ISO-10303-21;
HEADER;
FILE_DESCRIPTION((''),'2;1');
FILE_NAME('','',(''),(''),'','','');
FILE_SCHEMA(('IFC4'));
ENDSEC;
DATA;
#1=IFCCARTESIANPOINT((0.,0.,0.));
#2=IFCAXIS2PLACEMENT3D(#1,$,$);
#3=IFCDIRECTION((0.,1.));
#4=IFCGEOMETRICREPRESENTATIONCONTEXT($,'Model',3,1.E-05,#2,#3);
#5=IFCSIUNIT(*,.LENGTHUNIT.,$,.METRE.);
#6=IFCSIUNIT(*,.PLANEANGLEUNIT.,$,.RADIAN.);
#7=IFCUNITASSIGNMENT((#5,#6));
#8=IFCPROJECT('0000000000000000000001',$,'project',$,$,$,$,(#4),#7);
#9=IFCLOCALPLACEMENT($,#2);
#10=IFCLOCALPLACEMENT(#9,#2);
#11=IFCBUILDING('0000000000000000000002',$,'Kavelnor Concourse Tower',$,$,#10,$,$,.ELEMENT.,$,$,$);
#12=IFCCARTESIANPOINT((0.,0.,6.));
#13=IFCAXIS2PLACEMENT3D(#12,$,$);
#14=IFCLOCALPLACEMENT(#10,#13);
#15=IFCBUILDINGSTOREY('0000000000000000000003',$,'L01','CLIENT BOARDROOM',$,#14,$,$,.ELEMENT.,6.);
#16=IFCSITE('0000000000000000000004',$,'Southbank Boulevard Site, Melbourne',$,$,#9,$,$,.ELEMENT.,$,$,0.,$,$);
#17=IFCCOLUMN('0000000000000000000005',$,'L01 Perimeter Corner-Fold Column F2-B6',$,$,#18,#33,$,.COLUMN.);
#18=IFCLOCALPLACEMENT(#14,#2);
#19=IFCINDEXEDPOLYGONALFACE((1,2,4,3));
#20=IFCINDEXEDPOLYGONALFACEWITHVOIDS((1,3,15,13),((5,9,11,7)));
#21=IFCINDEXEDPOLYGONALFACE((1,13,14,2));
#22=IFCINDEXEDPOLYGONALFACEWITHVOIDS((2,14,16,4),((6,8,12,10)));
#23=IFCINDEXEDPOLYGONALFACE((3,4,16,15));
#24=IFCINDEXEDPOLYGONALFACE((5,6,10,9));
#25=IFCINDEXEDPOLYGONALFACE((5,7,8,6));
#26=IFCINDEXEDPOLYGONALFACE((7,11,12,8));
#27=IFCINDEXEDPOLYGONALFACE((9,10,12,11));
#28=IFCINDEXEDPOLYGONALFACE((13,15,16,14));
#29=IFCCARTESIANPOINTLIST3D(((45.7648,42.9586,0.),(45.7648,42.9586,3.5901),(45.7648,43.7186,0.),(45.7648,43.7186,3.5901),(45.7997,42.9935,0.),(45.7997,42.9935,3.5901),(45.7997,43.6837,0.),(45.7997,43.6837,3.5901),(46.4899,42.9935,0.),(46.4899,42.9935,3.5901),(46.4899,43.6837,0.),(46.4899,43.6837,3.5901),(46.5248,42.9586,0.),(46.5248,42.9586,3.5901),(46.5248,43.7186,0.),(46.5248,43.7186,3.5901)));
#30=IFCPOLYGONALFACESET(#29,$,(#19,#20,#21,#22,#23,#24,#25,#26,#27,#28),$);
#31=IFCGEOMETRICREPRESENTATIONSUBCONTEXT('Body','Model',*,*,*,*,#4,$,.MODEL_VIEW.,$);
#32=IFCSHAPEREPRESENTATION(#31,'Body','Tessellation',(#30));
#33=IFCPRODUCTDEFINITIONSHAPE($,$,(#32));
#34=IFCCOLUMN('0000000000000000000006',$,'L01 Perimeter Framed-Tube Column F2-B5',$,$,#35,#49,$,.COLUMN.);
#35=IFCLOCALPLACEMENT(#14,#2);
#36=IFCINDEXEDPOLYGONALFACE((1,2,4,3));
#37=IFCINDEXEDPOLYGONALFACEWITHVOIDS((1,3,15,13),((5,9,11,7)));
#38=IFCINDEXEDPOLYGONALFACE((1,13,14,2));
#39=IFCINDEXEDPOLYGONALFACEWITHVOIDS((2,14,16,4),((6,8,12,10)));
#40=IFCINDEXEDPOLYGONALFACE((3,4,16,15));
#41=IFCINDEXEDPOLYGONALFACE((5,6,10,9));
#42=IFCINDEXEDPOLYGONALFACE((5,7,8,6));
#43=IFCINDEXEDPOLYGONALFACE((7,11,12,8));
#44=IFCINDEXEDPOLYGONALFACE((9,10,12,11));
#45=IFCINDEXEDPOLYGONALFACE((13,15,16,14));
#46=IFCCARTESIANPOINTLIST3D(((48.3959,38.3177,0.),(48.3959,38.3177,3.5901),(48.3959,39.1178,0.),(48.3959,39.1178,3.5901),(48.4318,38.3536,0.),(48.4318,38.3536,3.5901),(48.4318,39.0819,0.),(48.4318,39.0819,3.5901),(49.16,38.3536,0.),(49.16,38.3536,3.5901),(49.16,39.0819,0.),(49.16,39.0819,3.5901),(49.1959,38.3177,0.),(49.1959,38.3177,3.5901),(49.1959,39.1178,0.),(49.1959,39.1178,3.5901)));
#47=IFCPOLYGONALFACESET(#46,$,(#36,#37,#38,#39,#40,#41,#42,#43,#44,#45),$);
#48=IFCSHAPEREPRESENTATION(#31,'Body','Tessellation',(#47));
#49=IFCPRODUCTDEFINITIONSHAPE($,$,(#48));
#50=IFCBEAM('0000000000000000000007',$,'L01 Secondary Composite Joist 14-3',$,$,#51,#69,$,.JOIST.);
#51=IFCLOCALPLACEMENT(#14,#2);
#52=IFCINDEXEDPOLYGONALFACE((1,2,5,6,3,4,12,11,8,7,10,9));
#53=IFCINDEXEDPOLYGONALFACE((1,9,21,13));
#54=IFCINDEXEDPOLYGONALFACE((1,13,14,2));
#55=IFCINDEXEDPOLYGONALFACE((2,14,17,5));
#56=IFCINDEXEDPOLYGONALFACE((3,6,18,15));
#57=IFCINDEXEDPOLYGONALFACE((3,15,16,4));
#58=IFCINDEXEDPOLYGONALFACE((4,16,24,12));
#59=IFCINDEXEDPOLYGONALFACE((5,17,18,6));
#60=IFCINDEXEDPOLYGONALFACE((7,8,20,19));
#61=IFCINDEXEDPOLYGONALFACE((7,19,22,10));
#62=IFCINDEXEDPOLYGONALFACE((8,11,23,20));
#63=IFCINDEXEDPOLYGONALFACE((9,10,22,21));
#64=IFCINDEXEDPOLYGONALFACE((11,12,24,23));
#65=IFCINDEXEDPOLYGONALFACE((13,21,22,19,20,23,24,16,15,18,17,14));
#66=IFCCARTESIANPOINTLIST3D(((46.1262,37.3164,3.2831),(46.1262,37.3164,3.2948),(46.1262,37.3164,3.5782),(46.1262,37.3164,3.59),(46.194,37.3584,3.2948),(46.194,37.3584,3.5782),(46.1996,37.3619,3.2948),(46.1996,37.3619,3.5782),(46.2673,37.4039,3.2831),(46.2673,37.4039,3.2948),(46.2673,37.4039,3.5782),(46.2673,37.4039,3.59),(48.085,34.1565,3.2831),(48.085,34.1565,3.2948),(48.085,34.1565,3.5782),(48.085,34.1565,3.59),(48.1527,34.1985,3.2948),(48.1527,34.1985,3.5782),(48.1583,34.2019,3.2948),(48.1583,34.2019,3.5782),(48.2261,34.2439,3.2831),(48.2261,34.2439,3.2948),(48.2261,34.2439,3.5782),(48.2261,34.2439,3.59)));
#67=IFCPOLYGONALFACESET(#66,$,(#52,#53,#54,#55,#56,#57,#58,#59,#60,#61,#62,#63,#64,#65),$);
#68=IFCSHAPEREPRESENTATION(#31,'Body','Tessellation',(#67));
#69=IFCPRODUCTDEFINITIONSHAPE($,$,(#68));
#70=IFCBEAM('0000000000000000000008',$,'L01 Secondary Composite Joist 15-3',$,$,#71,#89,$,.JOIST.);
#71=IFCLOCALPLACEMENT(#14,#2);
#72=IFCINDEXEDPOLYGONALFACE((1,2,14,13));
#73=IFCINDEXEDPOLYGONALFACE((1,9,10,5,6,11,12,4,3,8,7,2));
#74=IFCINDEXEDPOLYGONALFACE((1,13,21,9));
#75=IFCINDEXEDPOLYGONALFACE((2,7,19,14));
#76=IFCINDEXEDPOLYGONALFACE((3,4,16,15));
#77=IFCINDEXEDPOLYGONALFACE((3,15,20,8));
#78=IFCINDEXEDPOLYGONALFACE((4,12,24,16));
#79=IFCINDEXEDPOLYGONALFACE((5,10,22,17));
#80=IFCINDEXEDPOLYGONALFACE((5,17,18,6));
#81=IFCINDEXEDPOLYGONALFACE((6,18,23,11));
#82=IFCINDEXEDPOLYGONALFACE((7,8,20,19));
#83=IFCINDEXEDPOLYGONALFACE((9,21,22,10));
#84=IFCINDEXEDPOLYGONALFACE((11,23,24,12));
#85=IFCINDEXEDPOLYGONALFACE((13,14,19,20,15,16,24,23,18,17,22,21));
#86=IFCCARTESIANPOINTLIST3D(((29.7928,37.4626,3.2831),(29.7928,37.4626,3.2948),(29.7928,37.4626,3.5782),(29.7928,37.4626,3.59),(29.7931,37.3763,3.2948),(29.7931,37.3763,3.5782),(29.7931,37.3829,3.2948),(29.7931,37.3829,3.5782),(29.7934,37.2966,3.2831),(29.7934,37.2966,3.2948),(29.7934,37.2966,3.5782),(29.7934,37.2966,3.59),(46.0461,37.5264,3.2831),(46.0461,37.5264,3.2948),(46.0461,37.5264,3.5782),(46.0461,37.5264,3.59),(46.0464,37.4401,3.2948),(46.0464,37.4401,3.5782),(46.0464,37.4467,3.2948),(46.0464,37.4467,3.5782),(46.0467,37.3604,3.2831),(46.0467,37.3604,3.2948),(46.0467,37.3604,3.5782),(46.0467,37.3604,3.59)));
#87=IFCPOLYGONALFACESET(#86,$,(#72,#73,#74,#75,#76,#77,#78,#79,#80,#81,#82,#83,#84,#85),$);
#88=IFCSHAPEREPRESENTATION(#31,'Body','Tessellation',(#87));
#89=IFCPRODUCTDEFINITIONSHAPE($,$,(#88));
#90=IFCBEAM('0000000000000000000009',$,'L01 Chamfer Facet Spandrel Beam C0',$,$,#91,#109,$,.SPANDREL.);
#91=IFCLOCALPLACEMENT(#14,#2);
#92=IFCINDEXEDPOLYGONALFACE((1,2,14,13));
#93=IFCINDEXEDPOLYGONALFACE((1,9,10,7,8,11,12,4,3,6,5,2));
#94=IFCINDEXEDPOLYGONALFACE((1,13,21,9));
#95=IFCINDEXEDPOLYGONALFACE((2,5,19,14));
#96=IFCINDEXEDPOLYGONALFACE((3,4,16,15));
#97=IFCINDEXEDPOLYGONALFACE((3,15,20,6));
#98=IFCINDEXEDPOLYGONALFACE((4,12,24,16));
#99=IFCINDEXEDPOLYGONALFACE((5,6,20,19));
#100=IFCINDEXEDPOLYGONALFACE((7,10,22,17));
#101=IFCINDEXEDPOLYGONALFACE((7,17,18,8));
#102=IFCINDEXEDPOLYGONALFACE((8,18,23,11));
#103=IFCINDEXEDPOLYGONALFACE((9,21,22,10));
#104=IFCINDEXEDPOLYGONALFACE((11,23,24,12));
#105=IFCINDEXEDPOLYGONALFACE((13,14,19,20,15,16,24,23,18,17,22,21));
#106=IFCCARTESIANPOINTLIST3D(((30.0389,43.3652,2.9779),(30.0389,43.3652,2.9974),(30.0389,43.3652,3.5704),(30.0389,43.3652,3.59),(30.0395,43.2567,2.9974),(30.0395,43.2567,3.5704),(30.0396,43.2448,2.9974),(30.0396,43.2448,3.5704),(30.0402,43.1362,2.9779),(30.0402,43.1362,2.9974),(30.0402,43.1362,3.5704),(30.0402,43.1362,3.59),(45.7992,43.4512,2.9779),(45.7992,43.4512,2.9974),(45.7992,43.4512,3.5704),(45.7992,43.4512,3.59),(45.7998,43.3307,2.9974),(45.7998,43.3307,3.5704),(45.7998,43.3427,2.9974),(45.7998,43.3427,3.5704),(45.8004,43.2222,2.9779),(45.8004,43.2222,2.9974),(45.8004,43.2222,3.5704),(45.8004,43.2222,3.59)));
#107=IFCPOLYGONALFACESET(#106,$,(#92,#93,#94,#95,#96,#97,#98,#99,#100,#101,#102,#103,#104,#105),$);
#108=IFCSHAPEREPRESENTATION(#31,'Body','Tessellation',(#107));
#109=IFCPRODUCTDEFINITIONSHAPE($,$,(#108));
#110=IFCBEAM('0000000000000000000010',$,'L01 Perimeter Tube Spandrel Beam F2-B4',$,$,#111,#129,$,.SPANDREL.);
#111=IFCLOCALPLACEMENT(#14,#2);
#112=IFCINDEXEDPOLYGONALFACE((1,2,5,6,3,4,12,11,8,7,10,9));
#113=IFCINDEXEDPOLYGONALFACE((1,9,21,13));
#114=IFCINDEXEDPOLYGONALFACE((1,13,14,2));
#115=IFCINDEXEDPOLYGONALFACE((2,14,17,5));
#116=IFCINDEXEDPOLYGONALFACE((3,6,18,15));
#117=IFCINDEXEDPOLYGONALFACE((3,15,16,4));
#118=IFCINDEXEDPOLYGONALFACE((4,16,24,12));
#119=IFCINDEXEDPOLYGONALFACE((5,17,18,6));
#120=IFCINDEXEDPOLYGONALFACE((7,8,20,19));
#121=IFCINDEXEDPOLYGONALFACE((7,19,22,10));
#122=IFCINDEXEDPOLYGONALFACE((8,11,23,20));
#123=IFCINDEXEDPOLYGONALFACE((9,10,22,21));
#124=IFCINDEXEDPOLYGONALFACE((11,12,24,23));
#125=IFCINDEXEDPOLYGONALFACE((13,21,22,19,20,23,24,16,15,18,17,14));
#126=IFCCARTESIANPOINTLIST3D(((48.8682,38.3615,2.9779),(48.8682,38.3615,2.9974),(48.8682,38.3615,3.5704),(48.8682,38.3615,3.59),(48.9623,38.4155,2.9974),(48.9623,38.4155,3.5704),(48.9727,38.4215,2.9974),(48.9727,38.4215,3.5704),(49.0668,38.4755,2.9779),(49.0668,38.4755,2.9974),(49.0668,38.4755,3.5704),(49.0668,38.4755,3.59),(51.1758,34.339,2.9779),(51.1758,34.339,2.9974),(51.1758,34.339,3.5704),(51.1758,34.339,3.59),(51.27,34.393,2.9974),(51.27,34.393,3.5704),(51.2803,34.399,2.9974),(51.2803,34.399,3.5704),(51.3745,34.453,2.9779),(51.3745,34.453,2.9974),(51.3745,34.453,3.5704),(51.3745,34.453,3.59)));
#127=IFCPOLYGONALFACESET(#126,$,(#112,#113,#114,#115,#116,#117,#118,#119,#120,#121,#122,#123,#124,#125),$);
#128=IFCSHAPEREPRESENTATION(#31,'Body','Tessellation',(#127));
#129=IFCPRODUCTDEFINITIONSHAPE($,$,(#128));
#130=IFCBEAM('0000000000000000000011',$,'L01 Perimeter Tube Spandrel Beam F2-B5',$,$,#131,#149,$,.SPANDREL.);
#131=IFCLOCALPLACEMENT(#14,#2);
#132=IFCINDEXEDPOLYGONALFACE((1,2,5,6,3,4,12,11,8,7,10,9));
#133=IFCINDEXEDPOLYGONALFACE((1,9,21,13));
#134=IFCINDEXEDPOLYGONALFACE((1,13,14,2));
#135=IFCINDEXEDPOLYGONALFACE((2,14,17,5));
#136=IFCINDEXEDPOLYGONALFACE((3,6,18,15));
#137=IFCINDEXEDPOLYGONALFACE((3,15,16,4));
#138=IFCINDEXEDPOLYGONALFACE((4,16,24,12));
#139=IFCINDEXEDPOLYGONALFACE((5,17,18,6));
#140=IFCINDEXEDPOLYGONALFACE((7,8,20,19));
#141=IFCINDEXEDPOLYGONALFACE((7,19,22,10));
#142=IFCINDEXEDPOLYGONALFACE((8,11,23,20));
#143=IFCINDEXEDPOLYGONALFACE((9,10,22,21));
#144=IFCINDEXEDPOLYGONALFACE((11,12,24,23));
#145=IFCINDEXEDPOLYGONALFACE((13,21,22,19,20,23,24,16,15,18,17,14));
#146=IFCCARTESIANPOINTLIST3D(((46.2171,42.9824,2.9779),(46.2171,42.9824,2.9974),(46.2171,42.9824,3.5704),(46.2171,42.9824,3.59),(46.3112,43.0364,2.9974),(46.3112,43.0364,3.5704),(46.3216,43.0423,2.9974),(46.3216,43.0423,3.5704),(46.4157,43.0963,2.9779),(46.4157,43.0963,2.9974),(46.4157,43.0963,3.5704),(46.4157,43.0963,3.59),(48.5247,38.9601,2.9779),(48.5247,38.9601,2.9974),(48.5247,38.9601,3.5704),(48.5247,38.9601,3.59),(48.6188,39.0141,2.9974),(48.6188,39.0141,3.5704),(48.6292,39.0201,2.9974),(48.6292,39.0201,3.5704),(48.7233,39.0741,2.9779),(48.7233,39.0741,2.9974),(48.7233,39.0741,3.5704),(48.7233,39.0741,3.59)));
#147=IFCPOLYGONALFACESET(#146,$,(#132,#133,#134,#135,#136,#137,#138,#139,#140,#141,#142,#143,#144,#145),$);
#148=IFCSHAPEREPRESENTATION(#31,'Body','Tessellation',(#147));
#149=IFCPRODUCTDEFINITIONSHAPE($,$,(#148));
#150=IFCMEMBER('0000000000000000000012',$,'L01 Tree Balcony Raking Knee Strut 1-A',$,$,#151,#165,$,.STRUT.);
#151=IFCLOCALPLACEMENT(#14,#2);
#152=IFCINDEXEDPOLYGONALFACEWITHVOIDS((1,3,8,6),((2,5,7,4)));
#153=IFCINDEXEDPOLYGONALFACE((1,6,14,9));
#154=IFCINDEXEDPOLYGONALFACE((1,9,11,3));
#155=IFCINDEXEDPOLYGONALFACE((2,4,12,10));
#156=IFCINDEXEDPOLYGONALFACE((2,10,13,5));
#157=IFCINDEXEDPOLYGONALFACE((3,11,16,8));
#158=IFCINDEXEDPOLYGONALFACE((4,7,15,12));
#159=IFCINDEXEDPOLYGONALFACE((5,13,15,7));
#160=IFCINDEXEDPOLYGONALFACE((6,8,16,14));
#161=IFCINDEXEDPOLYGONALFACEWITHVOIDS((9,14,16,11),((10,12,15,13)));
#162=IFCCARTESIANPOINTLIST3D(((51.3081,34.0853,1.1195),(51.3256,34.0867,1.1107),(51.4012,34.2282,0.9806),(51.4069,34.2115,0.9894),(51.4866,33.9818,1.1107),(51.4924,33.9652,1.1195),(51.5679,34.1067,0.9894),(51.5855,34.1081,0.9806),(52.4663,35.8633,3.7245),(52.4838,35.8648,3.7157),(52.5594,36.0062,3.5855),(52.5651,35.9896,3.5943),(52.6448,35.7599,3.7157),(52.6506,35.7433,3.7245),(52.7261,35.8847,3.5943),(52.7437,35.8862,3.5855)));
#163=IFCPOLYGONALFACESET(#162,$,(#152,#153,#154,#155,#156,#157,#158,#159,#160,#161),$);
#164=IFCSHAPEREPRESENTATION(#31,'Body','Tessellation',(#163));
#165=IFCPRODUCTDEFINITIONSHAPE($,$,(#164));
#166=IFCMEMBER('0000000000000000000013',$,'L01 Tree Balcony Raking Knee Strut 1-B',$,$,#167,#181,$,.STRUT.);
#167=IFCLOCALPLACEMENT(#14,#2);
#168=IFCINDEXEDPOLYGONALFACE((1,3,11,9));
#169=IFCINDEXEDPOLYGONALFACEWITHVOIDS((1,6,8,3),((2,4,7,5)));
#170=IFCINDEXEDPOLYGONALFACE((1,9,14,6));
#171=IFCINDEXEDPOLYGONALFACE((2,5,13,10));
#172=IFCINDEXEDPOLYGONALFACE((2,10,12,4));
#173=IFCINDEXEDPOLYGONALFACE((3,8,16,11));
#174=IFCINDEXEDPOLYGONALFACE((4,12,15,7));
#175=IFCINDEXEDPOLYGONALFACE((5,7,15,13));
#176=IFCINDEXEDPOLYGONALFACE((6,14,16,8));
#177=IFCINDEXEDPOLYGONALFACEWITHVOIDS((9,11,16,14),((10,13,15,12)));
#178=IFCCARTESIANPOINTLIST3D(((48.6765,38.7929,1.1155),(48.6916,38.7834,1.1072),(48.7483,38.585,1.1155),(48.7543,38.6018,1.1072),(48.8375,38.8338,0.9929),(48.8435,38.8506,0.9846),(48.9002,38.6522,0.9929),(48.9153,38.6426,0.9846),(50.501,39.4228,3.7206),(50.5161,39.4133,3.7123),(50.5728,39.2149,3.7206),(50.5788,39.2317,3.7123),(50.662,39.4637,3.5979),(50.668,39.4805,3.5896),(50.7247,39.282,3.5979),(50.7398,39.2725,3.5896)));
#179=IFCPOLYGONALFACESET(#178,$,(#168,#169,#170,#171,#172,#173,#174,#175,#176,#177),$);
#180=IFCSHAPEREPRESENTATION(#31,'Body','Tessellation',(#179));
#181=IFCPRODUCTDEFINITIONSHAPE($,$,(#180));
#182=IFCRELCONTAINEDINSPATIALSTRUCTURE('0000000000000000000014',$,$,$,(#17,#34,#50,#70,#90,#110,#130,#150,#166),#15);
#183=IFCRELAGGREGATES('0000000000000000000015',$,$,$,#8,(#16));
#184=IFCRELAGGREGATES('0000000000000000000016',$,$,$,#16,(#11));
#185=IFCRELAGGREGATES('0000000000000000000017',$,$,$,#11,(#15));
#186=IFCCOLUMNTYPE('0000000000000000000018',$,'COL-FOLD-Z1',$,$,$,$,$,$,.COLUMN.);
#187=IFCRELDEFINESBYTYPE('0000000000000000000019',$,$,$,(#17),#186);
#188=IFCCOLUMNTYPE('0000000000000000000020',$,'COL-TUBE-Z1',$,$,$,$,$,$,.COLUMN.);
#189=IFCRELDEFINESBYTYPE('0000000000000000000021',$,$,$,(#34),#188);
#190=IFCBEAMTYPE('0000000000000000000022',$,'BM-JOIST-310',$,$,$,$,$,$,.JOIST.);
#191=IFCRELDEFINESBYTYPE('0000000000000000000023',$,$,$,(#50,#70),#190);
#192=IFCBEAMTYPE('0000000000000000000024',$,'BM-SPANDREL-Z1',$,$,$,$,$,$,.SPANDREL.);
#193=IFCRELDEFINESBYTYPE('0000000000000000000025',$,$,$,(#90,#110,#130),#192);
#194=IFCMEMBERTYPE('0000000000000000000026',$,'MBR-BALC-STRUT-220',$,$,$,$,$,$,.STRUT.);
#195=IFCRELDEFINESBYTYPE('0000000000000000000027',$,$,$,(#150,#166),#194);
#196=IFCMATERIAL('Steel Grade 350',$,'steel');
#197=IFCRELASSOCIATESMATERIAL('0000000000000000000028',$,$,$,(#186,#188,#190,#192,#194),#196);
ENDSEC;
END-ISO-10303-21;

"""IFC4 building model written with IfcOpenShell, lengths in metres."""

from ifc_helpers import new_model, si_unit, direction, frame, origin, origin_2d, place, context, subcontext, project, spatial, hollow_rectangle, i_section, extrude, material, material_profile, profile_set, type_object, element, save


model = new_model("IFC4")

# Units and contexts
model_context = context("Model", 3, precision=1e-05, world=origin(), true_north=direction((0.0, 1.0)))
body_context = subcontext(model_context, "Body", "Model", "MODEL_VIEW")
ifc_project = project(units=[si_unit("LENGTHUNIT", "METRE"), si_unit("PLANEANGLEUNIT", "RADIAN")], contexts=[model_context])

# Site, building, storey
site_placement = place(None, origin())
site = spatial("IfcSite", under=ifc_project, at=site_placement, Name="Southbank Boulevard Site, Melbourne", CompositionType="ELEMENT", RefElevation=0.0)
building_placement = place(site_placement, origin())
building = spatial("IfcBuilding", under=site, at=building_placement, Name="Kavelnor Concourse Tower", CompositionType="ELEMENT")
storey_placement = place(building_placement, frame((0.0, 0.0, 6.0)))
storey = spatial("IfcBuildingStorey", under=building, at=storey_placement, Name="L01", Description="CLIENT BOARDROOM", CompositionType="ELEMENT", Elevation=6.0)

# Columns
ifc_material_1 = material(Name="Steel Grade 350", Category="steel")
ifc_material_profile_1 = material_profile(ifc_material_1, hollow_rectangle(XDim=0.76, YDim=0.76, WallThickness=0.0349, at=origin_2d()), Name="SHS 760x760x35")
ifc_profile_set_1 = profile_set([ifc_material_profile_1], Name="Steel Grade 350")
column_type_1 = type_object("IfcColumnType", Name="COL-FOLD-Z1", PredefinedType="COLUMN", material=ifc_profile_set_1)
column_1_placement = place(storey_placement, frame((46.1448, 43.3386, 0.0), z_axis=(0.0, 0.0, 1.0), x_axis=(1.0, 0.0, 0.0)))
element("IfcColumn", 1, at=column_1_placement, inside=storey, type_object=column_type_1, Name="L01 Perimeter Corner-Fold Column F2-B6", PredefinedType="COLUMN", context=body_context, shape_type="SweptSolid", body=[
    extrude(hollow_rectangle(XDim=0.76, YDim=0.76, WallThickness=0.0349, at=origin_2d()), origin(), (0.0, 0.0, 1.0), 3.5901),
])
ifc_material_profile_2 = material_profile(ifc_material_1, hollow_rectangle(XDim=0.8, YDim=0.8, WallThickness=0.0359, at=origin_2d()), Name="SHS 800x800x36")
ifc_profile_set_2 = profile_set([ifc_material_profile_2], Name="Steel Grade 350")
column_type_2 = type_object("IfcColumnType", Name="COL-TUBE-Z1", PredefinedType="COLUMN", material=ifc_profile_set_2)
column_2_placement = place(storey_placement, frame((48.7959, 38.7178, 0.0), z_axis=(0.0, 0.0, 1.0), x_axis=(1.0, 0.0, 0.0)))
element("IfcColumn", 2, at=column_2_placement, inside=storey, type_object=column_type_2, Name="L01 Perimeter Framed-Tube Column F2-B5", PredefinedType="COLUMN", context=body_context, shape_type="SweptSolid", body=[
    extrude(hollow_rectangle(XDim=0.8, YDim=0.8, WallThickness=0.0359, at=origin_2d()), origin(), (0.0, 0.0, 1.0), 3.5901),
])

# Beams
ifc_material_profile_3 = material_profile(ifc_material_1, i_section(OverallWidth=0.166, OverallDepth=0.3069, WebThickness=0.0066, FlangeThickness=0.0117, at=origin_2d()), Name="310UB46")
ifc_profile_set_3 = profile_set([ifc_material_profile_3], Name="Steel Grade 350")
beam_type_1 = type_object("IfcBeamType", Name="BM-JOIST-310", PredefinedType="JOIST", material=ifc_profile_set_3)
beam_1_placement = place(storey_placement, frame((48.1555, 34.2002, 3.4365), z_axis=(-0.526861, 0.849952, 0.0), x_axis=(-0.849952, -0.526861, 0.0)))
element("IfcBeam", 3, at=beam_1_placement, inside=storey, type_object=beam_type_1, Name="L01 Secondary Composite Joist 14-3", PredefinedType="JOIST", context=body_context, shape_type="SweptSolid", body=[
    extrude(i_section(OverallWidth=0.166, OverallDepth=0.3069, WebThickness=0.0066, FlangeThickness=0.0117, at=origin_2d()), origin(), (0.0, 0.0, 1.0), 3.7178),
])
beam_2_placement = place(storey_placement, frame((46.0464, 37.4434, 3.4365), z_axis=(-0.999992, -0.00392, 0.0), x_axis=(0.00392, -0.999992, 0.0)))
element("IfcBeam", 4, at=beam_2_placement, inside=storey, type_object=beam_type_1, Name="L01 Secondary Composite Joist 15-3", PredefinedType="JOIST", context=body_context, shape_type="SweptSolid", body=[
    extrude(i_section(OverallWidth=0.166, OverallDepth=0.3069, WebThickness=0.0066, FlangeThickness=0.0117, at=origin_2d()), origin(), (0.0, 0.0, 1.0), 16.2534),
])
ifc_material_profile_4 = material_profile(ifc_material_1, i_section(OverallWidth=0.229, OverallDepth=0.6121, WebThickness=0.012, FlangeThickness=0.0195, at=origin_2d()), Name="610UB125")
ifc_profile_set_4 = profile_set([ifc_material_profile_4], Name="Steel Grade 350")
beam_type_2 = type_object("IfcBeamType", Name="BM-SPANDREL-Z1", PredefinedType="SPANDREL", material=ifc_profile_set_4)
beam_3_placement = place(storey_placement, frame((45.7998, 43.3367, 3.2839), z_axis=(-0.999985, -0.005453, 0.0), x_axis=(0.005453, -0.999985, 0.0)))
element("IfcBeam", 5, at=beam_3_placement, inside=storey, type_object=beam_type_2, Name="L01 Chamfer Facet Spandrel Beam C0", PredefinedType="SPANDREL", context=body_context, shape_type="SweptSolid", body=[
    extrude(i_section(OverallWidth=0.229, OverallDepth=0.6121, WebThickness=0.012, FlangeThickness=0.0195, at=origin_2d()), origin(), (0.0, 0.0, 1.0), 15.7605),
])
beam_4_placement = place(storey_placement, frame((51.2751, 34.396, 3.2839), z_axis=(-0.497612, 0.8674, 0.0), x_axis=(-0.8674, -0.497612, 0.0)))
element("IfcBeam", 6, at=beam_4_placement, inside=storey, type_object=beam_type_2, Name="L01 Perimeter Tube Spandrel Beam F2-B4", PredefinedType="SPANDREL", context=body_context, shape_type="SweptSolid", body=[
    extrude(i_section(OverallWidth=0.229, OverallDepth=0.6121, WebThickness=0.012, FlangeThickness=0.0195, at=origin_2d()), origin(), (0.0, 0.0, 1.0), 4.6375),
])
beam_5_placement = place(storey_placement, frame((48.624, 39.0171, 3.2839), z_axis=(-0.497635, 0.867387, 0.0), x_axis=(-0.867387, -0.497635, 0.0)))
element("IfcBeam", 7, at=beam_5_placement, inside=storey, type_object=beam_type_2, Name="L01 Perimeter Tube Spandrel Beam F2-B5", PredefinedType="SPANDREL", context=body_context, shape_type="SweptSolid", body=[
    extrude(i_section(OverallWidth=0.229, OverallDepth=0.6121, WebThickness=0.012, FlangeThickness=0.0195, at=origin_2d()), origin(), (0.0, 0.0, 1.0), 4.6372),
])

# Members
ifc_material_profile_5 = material_profile(ifc_material_1, hollow_rectangle(XDim=0.22, YDim=0.22, WallThickness=0.0139, at=origin_2d()), Name="SHS 220x220x14")
ifc_profile_set_5 = profile_set([ifc_material_profile_5], Name="Steel Grade 350")
member_type = type_object("IfcMemberType", Name="MBR-BALC-STRUT-220", PredefinedType="STRUT", material=ifc_profile_set_5)
member_1_placement = place(storey_placement, frame((51.4468, 34.0967, 1.05), z_axis=(0.344714, 0.529205, 0.775315), x_axis=(-0.837915, 0.545801, 0.0)))
element("IfcMember", 8, at=member_1_placement, inside=storey, type_object=member_type, Name="L01 Tree Balcony Raking Knee Strut 1-A", PredefinedType="STRUT", context=body_context, shape_type="SweptSolid", body=[
    extrude(hollow_rectangle(XDim=0.22, YDim=0.22, WallThickness=0.0139, at=origin_2d()), origin(), (0.0, 0.0, 1.0), 3.3599),
])
member_2_placement = place(storey_placement, frame((48.7959, 38.7178, 1.05), z_axis=(0.562738, 0.194281, 0.803481), x_axis=(-0.326341, 0.945252, 0.0)))
element("IfcMember", 9, at=member_2_placement, inside=storey, type_object=member_type, Name="L01 Tree Balcony Raking Knee Strut 1-B", PredefinedType="STRUT", context=body_context, shape_type="SweptSolid", body=[
    extrude(hollow_rectangle(XDim=0.22, YDim=0.22, WallThickness=0.0139, at=origin_2d()), origin(), (0.0, 0.0, 1.0), 3.2422),
])

save(model, "model.ifc")
